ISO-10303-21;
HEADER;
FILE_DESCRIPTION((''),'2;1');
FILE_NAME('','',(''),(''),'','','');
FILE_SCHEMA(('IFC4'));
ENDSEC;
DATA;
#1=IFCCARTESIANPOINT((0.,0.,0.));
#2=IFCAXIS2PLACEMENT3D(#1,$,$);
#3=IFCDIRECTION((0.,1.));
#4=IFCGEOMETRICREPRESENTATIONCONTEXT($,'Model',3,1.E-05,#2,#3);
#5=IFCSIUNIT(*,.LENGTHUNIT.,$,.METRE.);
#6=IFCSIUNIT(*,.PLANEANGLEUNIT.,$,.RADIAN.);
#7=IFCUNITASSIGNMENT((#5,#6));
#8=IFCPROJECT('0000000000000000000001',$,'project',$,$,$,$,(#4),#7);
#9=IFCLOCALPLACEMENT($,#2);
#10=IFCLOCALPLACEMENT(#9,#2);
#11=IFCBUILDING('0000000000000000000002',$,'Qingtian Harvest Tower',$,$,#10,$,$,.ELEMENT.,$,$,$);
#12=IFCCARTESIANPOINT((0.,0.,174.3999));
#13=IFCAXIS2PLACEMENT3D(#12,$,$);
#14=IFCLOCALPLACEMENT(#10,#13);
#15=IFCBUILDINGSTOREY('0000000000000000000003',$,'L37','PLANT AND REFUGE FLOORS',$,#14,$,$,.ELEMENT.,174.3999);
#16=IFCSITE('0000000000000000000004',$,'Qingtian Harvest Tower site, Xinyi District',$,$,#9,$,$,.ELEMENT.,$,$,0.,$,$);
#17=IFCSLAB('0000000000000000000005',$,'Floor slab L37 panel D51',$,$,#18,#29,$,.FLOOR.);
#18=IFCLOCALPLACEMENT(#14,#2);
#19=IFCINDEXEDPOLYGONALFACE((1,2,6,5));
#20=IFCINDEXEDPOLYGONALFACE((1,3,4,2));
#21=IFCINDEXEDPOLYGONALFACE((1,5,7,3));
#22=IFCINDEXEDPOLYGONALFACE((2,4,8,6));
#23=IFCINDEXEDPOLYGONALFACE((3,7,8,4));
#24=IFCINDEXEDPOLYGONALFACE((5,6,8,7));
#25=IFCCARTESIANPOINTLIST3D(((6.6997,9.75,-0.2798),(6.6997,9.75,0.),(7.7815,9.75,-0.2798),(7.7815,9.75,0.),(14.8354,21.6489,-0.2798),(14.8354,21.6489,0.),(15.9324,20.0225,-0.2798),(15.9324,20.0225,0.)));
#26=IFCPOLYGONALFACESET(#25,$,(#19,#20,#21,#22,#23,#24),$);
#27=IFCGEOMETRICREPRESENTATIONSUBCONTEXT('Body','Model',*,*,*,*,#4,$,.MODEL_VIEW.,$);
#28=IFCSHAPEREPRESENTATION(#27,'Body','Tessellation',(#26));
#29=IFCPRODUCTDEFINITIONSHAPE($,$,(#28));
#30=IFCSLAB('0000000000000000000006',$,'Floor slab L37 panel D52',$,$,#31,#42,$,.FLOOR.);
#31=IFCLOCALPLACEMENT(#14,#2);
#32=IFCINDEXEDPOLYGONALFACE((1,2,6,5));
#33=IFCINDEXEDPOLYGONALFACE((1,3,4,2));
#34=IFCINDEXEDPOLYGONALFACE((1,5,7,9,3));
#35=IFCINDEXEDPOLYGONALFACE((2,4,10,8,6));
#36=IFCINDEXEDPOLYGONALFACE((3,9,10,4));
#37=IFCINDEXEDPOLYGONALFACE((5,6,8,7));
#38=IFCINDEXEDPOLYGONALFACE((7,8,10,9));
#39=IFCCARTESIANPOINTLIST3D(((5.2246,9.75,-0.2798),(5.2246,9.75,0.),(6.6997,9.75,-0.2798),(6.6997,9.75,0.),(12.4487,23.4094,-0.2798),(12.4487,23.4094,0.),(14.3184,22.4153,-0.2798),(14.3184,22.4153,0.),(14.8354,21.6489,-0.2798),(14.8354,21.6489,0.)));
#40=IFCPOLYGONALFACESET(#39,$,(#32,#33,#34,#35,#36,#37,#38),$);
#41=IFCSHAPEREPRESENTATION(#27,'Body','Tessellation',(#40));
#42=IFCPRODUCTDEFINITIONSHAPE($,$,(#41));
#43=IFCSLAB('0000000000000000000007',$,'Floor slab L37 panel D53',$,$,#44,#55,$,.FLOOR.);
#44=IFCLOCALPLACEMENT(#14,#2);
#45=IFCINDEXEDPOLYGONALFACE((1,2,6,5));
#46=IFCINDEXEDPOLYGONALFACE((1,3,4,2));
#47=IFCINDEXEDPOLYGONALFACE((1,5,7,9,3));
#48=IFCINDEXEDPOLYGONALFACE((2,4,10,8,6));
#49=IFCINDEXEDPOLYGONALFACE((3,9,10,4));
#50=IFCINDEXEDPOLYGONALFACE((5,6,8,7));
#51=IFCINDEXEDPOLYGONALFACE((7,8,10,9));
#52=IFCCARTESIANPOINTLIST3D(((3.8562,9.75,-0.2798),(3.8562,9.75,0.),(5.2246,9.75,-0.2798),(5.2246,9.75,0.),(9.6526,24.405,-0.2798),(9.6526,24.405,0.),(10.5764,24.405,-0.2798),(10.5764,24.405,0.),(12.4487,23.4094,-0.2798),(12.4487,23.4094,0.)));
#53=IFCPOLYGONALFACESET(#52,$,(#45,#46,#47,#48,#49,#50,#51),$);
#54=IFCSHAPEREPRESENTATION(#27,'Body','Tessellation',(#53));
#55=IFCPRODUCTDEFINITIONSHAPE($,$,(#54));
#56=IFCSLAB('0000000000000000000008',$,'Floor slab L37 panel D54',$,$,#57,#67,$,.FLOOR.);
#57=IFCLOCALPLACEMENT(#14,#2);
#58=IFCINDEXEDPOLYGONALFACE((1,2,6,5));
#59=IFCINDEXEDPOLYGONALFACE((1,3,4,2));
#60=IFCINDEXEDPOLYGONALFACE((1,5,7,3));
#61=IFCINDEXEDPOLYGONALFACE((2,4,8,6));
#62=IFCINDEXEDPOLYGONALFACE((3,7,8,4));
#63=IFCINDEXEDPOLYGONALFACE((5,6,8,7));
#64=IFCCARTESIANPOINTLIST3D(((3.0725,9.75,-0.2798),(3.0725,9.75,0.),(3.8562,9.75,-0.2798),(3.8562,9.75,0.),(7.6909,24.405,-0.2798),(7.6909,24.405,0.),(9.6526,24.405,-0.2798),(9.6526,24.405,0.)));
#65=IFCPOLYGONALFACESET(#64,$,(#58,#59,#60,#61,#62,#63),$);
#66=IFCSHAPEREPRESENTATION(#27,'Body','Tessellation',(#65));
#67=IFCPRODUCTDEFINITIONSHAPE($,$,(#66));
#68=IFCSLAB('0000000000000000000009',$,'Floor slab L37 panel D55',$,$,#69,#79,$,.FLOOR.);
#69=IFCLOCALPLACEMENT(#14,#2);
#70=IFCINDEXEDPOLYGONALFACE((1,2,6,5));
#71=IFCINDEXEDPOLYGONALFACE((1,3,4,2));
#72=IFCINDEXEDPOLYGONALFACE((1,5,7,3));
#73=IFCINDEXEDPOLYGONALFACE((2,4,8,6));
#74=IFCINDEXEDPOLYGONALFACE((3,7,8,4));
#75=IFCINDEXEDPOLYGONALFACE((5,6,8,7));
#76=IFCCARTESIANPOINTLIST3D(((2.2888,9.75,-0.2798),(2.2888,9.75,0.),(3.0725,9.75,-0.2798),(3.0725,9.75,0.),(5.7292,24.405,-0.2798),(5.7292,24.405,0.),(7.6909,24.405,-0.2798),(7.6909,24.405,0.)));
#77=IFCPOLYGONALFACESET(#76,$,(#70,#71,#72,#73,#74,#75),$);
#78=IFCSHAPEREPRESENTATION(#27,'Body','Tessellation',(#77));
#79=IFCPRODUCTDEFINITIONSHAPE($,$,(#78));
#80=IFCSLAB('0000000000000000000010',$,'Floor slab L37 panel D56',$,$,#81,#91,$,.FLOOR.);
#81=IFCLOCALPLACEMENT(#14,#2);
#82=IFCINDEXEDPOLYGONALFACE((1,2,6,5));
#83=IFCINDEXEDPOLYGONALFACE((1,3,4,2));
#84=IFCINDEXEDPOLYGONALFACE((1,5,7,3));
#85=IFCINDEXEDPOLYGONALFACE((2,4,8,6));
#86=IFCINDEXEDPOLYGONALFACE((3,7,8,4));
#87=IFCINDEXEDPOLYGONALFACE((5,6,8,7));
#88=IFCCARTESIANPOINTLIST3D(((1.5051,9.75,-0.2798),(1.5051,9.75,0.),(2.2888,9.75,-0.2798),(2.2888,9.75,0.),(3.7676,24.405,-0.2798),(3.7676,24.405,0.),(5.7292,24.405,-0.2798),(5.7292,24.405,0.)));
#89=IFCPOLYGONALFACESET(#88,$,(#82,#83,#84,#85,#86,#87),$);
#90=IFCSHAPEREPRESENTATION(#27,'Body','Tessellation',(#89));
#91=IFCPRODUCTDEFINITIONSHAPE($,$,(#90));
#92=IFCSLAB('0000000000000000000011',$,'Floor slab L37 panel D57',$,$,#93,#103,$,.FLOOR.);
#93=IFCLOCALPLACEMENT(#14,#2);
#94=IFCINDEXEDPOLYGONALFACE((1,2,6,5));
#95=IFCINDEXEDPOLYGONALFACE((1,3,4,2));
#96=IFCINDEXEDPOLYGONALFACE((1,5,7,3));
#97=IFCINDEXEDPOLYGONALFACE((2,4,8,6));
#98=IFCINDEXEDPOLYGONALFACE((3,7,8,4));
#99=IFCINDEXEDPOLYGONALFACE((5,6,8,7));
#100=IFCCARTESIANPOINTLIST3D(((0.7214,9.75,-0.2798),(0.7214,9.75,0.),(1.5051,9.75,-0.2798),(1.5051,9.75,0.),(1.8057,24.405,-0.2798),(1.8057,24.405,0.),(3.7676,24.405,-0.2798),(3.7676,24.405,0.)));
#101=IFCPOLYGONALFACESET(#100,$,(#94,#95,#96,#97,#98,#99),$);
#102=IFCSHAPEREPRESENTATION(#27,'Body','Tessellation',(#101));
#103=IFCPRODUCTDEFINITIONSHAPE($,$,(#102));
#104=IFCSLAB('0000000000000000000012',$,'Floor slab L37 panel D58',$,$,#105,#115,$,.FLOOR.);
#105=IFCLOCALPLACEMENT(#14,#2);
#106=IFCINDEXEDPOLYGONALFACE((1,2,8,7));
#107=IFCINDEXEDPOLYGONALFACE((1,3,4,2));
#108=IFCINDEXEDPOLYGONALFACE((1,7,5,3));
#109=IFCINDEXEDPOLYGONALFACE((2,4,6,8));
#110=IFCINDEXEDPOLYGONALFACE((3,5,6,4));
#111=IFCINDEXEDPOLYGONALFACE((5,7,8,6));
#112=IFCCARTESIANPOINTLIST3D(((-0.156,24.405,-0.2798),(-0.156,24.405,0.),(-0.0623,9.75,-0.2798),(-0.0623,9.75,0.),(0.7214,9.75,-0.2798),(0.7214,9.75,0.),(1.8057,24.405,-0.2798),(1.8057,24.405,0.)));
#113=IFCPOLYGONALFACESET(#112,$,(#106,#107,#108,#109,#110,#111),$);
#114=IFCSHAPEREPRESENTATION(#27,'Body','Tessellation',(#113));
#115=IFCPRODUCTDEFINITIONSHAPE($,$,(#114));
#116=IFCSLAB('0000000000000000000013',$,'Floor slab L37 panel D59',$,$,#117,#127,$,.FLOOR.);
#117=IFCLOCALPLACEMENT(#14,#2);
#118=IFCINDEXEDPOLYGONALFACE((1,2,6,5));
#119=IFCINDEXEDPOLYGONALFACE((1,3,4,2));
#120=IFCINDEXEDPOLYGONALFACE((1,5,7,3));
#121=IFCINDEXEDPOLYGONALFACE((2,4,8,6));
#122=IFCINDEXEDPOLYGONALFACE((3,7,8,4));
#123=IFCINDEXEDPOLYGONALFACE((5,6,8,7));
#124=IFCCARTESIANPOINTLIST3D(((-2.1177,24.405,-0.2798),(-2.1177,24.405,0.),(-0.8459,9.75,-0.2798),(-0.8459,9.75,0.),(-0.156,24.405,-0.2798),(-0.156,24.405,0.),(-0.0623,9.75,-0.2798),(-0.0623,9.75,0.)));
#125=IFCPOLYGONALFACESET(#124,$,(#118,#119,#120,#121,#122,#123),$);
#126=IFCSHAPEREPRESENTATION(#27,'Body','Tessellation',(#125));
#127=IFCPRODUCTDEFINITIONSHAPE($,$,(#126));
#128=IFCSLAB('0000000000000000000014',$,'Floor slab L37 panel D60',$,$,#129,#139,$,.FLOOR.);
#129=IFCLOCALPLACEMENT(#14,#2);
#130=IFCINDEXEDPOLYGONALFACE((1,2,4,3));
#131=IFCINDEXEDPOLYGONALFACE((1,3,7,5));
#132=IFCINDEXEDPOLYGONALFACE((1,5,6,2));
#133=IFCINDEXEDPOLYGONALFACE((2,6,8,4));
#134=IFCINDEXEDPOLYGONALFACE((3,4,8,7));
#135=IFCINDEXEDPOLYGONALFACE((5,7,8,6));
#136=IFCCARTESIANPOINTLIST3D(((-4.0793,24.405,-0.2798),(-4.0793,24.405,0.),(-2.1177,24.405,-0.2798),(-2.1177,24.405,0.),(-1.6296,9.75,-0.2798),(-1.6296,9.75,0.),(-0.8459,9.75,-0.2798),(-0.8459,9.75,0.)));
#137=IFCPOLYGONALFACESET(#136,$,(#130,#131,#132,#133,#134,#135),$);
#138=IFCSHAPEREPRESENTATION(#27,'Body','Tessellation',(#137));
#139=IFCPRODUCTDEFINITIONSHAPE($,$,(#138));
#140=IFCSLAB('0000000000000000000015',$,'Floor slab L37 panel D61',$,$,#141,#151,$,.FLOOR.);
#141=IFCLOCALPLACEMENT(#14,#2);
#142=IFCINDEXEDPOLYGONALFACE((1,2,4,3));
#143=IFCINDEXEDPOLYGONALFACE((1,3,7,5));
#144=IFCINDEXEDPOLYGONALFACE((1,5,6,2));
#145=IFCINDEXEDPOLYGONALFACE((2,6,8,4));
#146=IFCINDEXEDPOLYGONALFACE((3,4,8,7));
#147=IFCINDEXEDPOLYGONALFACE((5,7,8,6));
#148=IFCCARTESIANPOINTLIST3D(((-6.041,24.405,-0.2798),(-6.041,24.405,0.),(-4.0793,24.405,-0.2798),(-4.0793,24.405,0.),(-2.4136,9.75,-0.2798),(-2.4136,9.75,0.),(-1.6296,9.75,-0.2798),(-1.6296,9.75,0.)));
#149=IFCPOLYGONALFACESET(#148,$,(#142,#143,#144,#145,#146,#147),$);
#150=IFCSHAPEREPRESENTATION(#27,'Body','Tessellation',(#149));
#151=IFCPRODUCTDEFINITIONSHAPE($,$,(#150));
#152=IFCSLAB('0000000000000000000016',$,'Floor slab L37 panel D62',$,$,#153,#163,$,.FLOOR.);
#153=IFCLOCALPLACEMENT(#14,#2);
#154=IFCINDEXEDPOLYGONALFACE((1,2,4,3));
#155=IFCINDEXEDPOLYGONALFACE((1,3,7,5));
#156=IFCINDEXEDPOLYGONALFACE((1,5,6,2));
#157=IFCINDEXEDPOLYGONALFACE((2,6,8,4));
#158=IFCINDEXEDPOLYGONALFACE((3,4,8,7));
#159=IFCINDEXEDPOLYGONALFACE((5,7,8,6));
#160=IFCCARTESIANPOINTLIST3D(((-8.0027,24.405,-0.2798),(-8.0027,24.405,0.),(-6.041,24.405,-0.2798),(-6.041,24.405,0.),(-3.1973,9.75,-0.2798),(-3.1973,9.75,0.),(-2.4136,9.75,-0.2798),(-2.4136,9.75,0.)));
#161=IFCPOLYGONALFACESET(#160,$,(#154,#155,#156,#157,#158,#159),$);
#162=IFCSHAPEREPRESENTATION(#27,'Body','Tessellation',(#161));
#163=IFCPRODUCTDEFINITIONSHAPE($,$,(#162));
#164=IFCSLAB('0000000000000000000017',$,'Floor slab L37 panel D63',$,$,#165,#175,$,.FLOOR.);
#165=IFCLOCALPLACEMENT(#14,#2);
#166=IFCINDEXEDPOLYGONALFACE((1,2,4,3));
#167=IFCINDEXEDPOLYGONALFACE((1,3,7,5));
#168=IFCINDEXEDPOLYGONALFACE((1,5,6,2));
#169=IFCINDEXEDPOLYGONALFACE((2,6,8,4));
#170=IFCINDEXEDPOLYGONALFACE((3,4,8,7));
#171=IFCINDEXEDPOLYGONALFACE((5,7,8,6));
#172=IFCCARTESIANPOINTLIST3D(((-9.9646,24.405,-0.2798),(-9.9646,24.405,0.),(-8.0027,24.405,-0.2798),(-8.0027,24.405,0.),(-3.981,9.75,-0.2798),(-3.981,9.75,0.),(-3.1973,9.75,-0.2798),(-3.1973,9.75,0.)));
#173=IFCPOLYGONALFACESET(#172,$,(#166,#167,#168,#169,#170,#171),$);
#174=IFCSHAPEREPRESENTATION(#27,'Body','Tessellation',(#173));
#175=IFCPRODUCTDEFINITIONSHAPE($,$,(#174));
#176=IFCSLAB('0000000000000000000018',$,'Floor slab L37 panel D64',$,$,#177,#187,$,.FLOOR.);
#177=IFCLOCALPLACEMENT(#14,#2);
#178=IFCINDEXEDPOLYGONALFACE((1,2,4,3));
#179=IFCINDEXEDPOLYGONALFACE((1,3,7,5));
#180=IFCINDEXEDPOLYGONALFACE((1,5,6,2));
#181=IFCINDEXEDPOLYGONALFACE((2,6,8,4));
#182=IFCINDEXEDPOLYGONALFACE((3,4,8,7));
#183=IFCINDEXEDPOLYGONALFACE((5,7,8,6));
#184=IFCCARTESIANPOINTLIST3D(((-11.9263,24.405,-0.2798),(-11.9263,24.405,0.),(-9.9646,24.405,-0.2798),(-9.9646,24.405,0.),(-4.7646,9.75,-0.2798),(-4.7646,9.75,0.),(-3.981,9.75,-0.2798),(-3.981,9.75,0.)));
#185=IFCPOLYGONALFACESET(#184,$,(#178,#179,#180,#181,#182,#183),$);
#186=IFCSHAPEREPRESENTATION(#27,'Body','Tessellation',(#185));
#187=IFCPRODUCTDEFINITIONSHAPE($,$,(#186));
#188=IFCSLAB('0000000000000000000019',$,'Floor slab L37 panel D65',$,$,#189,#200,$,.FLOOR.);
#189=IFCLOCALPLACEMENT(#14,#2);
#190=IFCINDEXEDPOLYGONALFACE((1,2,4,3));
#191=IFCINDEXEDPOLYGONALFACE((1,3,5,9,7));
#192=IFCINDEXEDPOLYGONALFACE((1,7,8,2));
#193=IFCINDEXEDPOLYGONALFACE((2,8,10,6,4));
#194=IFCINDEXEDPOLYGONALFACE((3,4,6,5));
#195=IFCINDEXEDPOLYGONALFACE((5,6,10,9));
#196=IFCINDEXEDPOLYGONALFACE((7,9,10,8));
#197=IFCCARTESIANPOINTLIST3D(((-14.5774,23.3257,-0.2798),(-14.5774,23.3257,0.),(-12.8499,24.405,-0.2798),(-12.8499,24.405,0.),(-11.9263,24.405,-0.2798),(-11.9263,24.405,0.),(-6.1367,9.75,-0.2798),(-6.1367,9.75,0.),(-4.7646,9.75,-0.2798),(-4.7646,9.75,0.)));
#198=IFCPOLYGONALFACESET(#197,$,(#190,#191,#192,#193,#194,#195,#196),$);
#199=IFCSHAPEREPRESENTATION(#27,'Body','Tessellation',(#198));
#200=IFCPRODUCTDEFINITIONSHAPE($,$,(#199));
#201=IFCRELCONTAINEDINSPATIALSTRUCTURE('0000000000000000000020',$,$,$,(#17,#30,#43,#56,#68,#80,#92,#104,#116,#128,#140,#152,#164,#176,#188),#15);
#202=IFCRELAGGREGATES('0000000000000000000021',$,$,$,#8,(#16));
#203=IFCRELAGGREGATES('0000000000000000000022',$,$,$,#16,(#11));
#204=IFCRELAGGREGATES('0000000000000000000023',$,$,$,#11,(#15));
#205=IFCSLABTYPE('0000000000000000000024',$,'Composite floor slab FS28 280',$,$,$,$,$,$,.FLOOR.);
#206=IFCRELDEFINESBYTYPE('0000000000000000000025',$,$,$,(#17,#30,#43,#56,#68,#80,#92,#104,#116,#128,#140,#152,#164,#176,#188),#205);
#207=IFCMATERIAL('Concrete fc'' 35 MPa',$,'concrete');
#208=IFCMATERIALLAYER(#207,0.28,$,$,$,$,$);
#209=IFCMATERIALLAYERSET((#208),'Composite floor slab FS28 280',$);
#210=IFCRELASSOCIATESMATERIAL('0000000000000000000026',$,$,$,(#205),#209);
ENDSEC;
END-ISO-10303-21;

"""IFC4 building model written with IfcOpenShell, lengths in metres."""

from ifc_helpers import new_model, si_unit, direction, frame, origin, place, context, subcontext, project, spatial, polyline, outline, extrude, material, layer, layer_set, type_object, element, save


model = new_model("IFC4")

# Units and contexts
model_context = context("Model", 3, precision=1e-05, world=origin(), true_north=direction((0.0, 1.0)))
body_context = subcontext(model_context, "Body", "Model", "MODEL_VIEW")
ifc_project = project(units=[si_unit("LENGTHUNIT", "METRE"), si_unit("PLANEANGLEUNIT", "RADIAN")], contexts=[model_context])

# Site, building, storey
site_placement = place(None, origin())
site = spatial("IfcSite", under=ifc_project, at=site_placement, Name="Qingtian Harvest Tower site, Xinyi District", CompositionType="ELEMENT", RefElevation=0.0)
building_placement = place(site_placement, origin())
building = spatial("IfcBuilding", under=site, at=building_placement, Name="Qingtian Harvest Tower", CompositionType="ELEMENT")
storey_placement = place(building_placement, frame((0.0, 0.0, 174.3999)))
storey = spatial("IfcBuildingStorey", under=building, at=storey_placement, Name="L37", Description="PLANT AND REFUGE FLOORS", CompositionType="ELEMENT", Elevation=174.3999)

# Slabs
ifc_material = material(Name="Concrete fc' 35 MPa", Category="concrete")
ifc_layer = layer(ifc_material, 0.28)
ifc_layer_set = layer_set([ifc_layer], Name="Composite floor slab FS28 280")
slab_type = type_object("IfcSlabType", Name="Composite floor slab FS28 280", PredefinedType="FLOOR", material=ifc_layer_set)
slab_1_placement = place(storey_placement, frame((0.0, 0.0, -0.2798)))
element("IfcSlab", 1, at=slab_1_placement, inside=storey, type_object=slab_type, Name="Floor slab L37 panel D51", PredefinedType="FLOOR", context=body_context, shape_type="SweptSolid", body=[
    extrude(outline(polyline([(6.6997, 9.75), (14.8354, 21.6489), (15.9324, 20.0225), (7.7815, 9.75), (6.6997, 9.75)])), origin(), (0.0, 0.0, 1.0), 0.2798),
])
slab_2_placement = place(storey_placement, frame((0.0, 0.0, -0.2798)))
element("IfcSlab", 2, at=slab_2_placement, inside=storey, type_object=slab_type, Name="Floor slab L37 panel D52", PredefinedType="FLOOR", context=body_context, shape_type="SweptSolid", body=[
    extrude(outline(polyline([(6.6997, 9.75), (5.2246, 9.75), (12.4487, 23.4094), (14.3184, 22.4153), (14.8354, 21.6489), (6.6997, 9.75)])), origin(), (0.0, 0.0, 1.0), 0.2798),
])
slab_3_placement = place(storey_placement, frame((0.0, 0.0, -0.2798)))
element("IfcSlab", 3, at=slab_3_placement, inside=storey, type_object=slab_type, Name="Floor slab L37 panel D53", PredefinedType="FLOOR", context=body_context, shape_type="SweptSolid", body=[
    extrude(outline(polyline([(3.8562, 9.75), (9.6526, 24.405), (10.5764, 24.405), (12.4487, 23.4094), (5.2246, 9.75), (3.8562, 9.75)])), origin(), (0.0, 0.0, 1.0), 0.2798),
])
slab_4_placement = place(storey_placement, frame((0.0, 0.0, -0.2798)))
element("IfcSlab", 4, at=slab_4_placement, inside=storey, type_object=slab_type, Name="Floor slab L37 panel D54", PredefinedType="FLOOR", context=body_context, shape_type="SweptSolid", body=[
    extrude(outline(polyline([(3.0725, 9.75), (7.6909, 24.405), (9.6526, 24.405), (3.8562, 9.75), (3.0725, 9.75)])), origin(), (0.0, 0.0, 1.0), 0.2798),
])
slab_5_placement = place(storey_placement, frame((0.0, 0.0, -0.2798)))
element("IfcSlab", 5, at=slab_5_placement, inside=storey, type_object=slab_type, Name="Floor slab L37 panel D55", PredefinedType="FLOOR", context=body_context, shape_type="SweptSolid", body=[
    extrude(outline(polyline([(2.2888, 9.75), (5.7292, 24.405), (7.6909, 24.405), (3.0725, 9.75), (2.2888, 9.75)])), origin(), (0.0, 0.0, 1.0), 0.2798),
])
slab_6_placement = place(storey_placement, frame((0.0, 0.0, -0.2798)))
element("IfcSlab", 6, at=slab_6_placement, inside=storey, type_object=slab_type, Name="Floor slab L37 panel D56", PredefinedType="FLOOR", context=body_context, shape_type="SweptSolid", body=[
    extrude(outline(polyline([(1.5051, 9.75), (3.7676, 24.405), (5.7292, 24.405), (2.2888, 9.75), (1.5051, 9.75)])), origin(), (0.0, 0.0, 1.0), 0.2798),
])
slab_7_placement = place(storey_placement, frame((0.0, 0.0, -0.2798)))
element("IfcSlab", 7, at=slab_7_placement, inside=storey, type_object=slab_type, Name="Floor slab L37 panel D57", PredefinedType="FLOOR", context=body_context, shape_type="SweptSolid", body=[
    extrude(outline(polyline([(0.7214, 9.75), (1.8057, 24.405), (3.7676, 24.405), (1.5051, 9.75), (0.7214, 9.75)])), origin(), (0.0, 0.0, 1.0), 0.2798),
])
slab_8_placement = place(storey_placement, frame((0.0, 0.0, -0.2798)))
element("IfcSlab", 8, at=slab_8_placement, inside=storey, type_object=slab_type, Name="Floor slab L37 panel D58", PredefinedType="FLOOR", context=body_context, shape_type="SweptSolid", body=[
    extrude(outline(polyline([(-0.0623, 9.75), (-0.156, 24.405), (1.8057, 24.405), (0.7214, 9.75), (-0.0623, 9.75)])), origin(), (0.0, 0.0, 1.0), 0.2798),
])
slab_9_placement = place(storey_placement, frame((0.0, 0.0, -0.2798)))
element("IfcSlab", 9, at=slab_9_placement, inside=storey, type_object=slab_type, Name="Floor slab L37 panel D59", PredefinedType="FLOOR", context=body_context, shape_type="SweptSolid", body=[
    extrude(outline(polyline([(-0.8459, 9.75), (-2.1177, 24.405), (-0.156, 24.405), (-0.0623, 9.75), (-0.8459, 9.75)])), origin(), (0.0, 0.0, 1.0), 0.2798),
])
slab_10_placement = place(storey_placement, frame((0.0, 0.0, -0.2798)))
element("IfcSlab", 10, at=slab_10_placement, inside=storey, type_object=slab_type, Name="Floor slab L37 panel D60", PredefinedType="FLOOR", context=body_context, shape_type="SweptSolid", body=[
    extrude(outline(polyline([(-1.6296, 9.75), (-4.0793, 24.405), (-2.1177, 24.405), (-0.8459, 9.75), (-1.6296, 9.75)])), origin(), (0.0, 0.0, 1.0), 0.2798),
])
slab_11_placement = place(storey_placement, frame((0.0, 0.0, -0.2798)))
element("IfcSlab", 11, at=slab_11_placement, inside=storey, type_object=slab_type, Name="Floor slab L37 panel D61", PredefinedType="FLOOR", context=body_context, shape_type="SweptSolid", body=[
    extrude(outline(polyline([(-2.4136, 9.75), (-6.041, 24.405), (-4.0793, 24.405), (-1.6296, 9.75), (-2.4136, 9.75)])), origin(), (0.0, 0.0, 1.0), 0.2798),
])
slab_12_placement = place(storey_placement, frame((0.0, 0.0, -0.2798)))
element("IfcSlab", 12, at=slab_12_placement, inside=storey, type_object=slab_type, Name="Floor slab L37 panel D62", PredefinedType="FLOOR", context=body_context, shape_type="SweptSolid", body=[
    extrude(outline(polyline([(-3.1973, 9.75), (-8.0027, 24.405), (-6.041, 24.405), (-2.4136, 9.75), (-3.1973, 9.75)])), origin(), (0.0, 0.0, 1.0), 0.2798),
])
slab_13_placement = place(storey_placement, frame((0.0, 0.0, -0.2798)))
element("IfcSlab", 13, at=slab_13_placement, inside=storey, type_object=slab_type, Name="Floor slab L37 panel D63", PredefinedType="FLOOR", context=body_context, shape_type="SweptSolid", body=[
    extrude(outline(polyline([(-3.981, 9.75), (-9.9646, 24.405), (-8.0027, 24.405), (-3.1973, 9.75), (-3.981, 9.75)])), origin(), (0.0, 0.0, 1.0), 0.2798),
])
slab_14_placement = place(storey_placement, frame((0.0, 0.0, -0.2798)))
element("IfcSlab", 14, at=slab_14_placement, inside=storey, type_object=slab_type, Name="Floor slab L37 panel D64", PredefinedType="FLOOR", context=body_context, shape_type="SweptSolid", body=[
    extrude(outline(polyline([(-4.7646, 9.75), (-11.9263, 24.405), (-9.9646, 24.405), (-3.981, 9.75), (-4.7646, 9.75)])), origin(), (0.0, 0.0, 1.0), 0.2798),
])
slab_15_placement = place(storey_placement, frame((0.0, 0.0, -0.2798)))
element("IfcSlab", 15, at=slab_15_placement, inside=storey, type_object=slab_type, Name="Floor slab L37 panel D65", PredefinedType="FLOOR", context=body_context, shape_type="SweptSolid", body=[
    extrude(outline(polyline([(-4.7646, 9.75), (-6.1367, 9.75), (-14.5774, 23.3257), (-12.8499, 24.405), (-11.9263, 24.405), (-4.7646, 9.75)])), origin(), (0.0, 0.0, 1.0), 0.2798),
])

save(model, "model.ifc")
